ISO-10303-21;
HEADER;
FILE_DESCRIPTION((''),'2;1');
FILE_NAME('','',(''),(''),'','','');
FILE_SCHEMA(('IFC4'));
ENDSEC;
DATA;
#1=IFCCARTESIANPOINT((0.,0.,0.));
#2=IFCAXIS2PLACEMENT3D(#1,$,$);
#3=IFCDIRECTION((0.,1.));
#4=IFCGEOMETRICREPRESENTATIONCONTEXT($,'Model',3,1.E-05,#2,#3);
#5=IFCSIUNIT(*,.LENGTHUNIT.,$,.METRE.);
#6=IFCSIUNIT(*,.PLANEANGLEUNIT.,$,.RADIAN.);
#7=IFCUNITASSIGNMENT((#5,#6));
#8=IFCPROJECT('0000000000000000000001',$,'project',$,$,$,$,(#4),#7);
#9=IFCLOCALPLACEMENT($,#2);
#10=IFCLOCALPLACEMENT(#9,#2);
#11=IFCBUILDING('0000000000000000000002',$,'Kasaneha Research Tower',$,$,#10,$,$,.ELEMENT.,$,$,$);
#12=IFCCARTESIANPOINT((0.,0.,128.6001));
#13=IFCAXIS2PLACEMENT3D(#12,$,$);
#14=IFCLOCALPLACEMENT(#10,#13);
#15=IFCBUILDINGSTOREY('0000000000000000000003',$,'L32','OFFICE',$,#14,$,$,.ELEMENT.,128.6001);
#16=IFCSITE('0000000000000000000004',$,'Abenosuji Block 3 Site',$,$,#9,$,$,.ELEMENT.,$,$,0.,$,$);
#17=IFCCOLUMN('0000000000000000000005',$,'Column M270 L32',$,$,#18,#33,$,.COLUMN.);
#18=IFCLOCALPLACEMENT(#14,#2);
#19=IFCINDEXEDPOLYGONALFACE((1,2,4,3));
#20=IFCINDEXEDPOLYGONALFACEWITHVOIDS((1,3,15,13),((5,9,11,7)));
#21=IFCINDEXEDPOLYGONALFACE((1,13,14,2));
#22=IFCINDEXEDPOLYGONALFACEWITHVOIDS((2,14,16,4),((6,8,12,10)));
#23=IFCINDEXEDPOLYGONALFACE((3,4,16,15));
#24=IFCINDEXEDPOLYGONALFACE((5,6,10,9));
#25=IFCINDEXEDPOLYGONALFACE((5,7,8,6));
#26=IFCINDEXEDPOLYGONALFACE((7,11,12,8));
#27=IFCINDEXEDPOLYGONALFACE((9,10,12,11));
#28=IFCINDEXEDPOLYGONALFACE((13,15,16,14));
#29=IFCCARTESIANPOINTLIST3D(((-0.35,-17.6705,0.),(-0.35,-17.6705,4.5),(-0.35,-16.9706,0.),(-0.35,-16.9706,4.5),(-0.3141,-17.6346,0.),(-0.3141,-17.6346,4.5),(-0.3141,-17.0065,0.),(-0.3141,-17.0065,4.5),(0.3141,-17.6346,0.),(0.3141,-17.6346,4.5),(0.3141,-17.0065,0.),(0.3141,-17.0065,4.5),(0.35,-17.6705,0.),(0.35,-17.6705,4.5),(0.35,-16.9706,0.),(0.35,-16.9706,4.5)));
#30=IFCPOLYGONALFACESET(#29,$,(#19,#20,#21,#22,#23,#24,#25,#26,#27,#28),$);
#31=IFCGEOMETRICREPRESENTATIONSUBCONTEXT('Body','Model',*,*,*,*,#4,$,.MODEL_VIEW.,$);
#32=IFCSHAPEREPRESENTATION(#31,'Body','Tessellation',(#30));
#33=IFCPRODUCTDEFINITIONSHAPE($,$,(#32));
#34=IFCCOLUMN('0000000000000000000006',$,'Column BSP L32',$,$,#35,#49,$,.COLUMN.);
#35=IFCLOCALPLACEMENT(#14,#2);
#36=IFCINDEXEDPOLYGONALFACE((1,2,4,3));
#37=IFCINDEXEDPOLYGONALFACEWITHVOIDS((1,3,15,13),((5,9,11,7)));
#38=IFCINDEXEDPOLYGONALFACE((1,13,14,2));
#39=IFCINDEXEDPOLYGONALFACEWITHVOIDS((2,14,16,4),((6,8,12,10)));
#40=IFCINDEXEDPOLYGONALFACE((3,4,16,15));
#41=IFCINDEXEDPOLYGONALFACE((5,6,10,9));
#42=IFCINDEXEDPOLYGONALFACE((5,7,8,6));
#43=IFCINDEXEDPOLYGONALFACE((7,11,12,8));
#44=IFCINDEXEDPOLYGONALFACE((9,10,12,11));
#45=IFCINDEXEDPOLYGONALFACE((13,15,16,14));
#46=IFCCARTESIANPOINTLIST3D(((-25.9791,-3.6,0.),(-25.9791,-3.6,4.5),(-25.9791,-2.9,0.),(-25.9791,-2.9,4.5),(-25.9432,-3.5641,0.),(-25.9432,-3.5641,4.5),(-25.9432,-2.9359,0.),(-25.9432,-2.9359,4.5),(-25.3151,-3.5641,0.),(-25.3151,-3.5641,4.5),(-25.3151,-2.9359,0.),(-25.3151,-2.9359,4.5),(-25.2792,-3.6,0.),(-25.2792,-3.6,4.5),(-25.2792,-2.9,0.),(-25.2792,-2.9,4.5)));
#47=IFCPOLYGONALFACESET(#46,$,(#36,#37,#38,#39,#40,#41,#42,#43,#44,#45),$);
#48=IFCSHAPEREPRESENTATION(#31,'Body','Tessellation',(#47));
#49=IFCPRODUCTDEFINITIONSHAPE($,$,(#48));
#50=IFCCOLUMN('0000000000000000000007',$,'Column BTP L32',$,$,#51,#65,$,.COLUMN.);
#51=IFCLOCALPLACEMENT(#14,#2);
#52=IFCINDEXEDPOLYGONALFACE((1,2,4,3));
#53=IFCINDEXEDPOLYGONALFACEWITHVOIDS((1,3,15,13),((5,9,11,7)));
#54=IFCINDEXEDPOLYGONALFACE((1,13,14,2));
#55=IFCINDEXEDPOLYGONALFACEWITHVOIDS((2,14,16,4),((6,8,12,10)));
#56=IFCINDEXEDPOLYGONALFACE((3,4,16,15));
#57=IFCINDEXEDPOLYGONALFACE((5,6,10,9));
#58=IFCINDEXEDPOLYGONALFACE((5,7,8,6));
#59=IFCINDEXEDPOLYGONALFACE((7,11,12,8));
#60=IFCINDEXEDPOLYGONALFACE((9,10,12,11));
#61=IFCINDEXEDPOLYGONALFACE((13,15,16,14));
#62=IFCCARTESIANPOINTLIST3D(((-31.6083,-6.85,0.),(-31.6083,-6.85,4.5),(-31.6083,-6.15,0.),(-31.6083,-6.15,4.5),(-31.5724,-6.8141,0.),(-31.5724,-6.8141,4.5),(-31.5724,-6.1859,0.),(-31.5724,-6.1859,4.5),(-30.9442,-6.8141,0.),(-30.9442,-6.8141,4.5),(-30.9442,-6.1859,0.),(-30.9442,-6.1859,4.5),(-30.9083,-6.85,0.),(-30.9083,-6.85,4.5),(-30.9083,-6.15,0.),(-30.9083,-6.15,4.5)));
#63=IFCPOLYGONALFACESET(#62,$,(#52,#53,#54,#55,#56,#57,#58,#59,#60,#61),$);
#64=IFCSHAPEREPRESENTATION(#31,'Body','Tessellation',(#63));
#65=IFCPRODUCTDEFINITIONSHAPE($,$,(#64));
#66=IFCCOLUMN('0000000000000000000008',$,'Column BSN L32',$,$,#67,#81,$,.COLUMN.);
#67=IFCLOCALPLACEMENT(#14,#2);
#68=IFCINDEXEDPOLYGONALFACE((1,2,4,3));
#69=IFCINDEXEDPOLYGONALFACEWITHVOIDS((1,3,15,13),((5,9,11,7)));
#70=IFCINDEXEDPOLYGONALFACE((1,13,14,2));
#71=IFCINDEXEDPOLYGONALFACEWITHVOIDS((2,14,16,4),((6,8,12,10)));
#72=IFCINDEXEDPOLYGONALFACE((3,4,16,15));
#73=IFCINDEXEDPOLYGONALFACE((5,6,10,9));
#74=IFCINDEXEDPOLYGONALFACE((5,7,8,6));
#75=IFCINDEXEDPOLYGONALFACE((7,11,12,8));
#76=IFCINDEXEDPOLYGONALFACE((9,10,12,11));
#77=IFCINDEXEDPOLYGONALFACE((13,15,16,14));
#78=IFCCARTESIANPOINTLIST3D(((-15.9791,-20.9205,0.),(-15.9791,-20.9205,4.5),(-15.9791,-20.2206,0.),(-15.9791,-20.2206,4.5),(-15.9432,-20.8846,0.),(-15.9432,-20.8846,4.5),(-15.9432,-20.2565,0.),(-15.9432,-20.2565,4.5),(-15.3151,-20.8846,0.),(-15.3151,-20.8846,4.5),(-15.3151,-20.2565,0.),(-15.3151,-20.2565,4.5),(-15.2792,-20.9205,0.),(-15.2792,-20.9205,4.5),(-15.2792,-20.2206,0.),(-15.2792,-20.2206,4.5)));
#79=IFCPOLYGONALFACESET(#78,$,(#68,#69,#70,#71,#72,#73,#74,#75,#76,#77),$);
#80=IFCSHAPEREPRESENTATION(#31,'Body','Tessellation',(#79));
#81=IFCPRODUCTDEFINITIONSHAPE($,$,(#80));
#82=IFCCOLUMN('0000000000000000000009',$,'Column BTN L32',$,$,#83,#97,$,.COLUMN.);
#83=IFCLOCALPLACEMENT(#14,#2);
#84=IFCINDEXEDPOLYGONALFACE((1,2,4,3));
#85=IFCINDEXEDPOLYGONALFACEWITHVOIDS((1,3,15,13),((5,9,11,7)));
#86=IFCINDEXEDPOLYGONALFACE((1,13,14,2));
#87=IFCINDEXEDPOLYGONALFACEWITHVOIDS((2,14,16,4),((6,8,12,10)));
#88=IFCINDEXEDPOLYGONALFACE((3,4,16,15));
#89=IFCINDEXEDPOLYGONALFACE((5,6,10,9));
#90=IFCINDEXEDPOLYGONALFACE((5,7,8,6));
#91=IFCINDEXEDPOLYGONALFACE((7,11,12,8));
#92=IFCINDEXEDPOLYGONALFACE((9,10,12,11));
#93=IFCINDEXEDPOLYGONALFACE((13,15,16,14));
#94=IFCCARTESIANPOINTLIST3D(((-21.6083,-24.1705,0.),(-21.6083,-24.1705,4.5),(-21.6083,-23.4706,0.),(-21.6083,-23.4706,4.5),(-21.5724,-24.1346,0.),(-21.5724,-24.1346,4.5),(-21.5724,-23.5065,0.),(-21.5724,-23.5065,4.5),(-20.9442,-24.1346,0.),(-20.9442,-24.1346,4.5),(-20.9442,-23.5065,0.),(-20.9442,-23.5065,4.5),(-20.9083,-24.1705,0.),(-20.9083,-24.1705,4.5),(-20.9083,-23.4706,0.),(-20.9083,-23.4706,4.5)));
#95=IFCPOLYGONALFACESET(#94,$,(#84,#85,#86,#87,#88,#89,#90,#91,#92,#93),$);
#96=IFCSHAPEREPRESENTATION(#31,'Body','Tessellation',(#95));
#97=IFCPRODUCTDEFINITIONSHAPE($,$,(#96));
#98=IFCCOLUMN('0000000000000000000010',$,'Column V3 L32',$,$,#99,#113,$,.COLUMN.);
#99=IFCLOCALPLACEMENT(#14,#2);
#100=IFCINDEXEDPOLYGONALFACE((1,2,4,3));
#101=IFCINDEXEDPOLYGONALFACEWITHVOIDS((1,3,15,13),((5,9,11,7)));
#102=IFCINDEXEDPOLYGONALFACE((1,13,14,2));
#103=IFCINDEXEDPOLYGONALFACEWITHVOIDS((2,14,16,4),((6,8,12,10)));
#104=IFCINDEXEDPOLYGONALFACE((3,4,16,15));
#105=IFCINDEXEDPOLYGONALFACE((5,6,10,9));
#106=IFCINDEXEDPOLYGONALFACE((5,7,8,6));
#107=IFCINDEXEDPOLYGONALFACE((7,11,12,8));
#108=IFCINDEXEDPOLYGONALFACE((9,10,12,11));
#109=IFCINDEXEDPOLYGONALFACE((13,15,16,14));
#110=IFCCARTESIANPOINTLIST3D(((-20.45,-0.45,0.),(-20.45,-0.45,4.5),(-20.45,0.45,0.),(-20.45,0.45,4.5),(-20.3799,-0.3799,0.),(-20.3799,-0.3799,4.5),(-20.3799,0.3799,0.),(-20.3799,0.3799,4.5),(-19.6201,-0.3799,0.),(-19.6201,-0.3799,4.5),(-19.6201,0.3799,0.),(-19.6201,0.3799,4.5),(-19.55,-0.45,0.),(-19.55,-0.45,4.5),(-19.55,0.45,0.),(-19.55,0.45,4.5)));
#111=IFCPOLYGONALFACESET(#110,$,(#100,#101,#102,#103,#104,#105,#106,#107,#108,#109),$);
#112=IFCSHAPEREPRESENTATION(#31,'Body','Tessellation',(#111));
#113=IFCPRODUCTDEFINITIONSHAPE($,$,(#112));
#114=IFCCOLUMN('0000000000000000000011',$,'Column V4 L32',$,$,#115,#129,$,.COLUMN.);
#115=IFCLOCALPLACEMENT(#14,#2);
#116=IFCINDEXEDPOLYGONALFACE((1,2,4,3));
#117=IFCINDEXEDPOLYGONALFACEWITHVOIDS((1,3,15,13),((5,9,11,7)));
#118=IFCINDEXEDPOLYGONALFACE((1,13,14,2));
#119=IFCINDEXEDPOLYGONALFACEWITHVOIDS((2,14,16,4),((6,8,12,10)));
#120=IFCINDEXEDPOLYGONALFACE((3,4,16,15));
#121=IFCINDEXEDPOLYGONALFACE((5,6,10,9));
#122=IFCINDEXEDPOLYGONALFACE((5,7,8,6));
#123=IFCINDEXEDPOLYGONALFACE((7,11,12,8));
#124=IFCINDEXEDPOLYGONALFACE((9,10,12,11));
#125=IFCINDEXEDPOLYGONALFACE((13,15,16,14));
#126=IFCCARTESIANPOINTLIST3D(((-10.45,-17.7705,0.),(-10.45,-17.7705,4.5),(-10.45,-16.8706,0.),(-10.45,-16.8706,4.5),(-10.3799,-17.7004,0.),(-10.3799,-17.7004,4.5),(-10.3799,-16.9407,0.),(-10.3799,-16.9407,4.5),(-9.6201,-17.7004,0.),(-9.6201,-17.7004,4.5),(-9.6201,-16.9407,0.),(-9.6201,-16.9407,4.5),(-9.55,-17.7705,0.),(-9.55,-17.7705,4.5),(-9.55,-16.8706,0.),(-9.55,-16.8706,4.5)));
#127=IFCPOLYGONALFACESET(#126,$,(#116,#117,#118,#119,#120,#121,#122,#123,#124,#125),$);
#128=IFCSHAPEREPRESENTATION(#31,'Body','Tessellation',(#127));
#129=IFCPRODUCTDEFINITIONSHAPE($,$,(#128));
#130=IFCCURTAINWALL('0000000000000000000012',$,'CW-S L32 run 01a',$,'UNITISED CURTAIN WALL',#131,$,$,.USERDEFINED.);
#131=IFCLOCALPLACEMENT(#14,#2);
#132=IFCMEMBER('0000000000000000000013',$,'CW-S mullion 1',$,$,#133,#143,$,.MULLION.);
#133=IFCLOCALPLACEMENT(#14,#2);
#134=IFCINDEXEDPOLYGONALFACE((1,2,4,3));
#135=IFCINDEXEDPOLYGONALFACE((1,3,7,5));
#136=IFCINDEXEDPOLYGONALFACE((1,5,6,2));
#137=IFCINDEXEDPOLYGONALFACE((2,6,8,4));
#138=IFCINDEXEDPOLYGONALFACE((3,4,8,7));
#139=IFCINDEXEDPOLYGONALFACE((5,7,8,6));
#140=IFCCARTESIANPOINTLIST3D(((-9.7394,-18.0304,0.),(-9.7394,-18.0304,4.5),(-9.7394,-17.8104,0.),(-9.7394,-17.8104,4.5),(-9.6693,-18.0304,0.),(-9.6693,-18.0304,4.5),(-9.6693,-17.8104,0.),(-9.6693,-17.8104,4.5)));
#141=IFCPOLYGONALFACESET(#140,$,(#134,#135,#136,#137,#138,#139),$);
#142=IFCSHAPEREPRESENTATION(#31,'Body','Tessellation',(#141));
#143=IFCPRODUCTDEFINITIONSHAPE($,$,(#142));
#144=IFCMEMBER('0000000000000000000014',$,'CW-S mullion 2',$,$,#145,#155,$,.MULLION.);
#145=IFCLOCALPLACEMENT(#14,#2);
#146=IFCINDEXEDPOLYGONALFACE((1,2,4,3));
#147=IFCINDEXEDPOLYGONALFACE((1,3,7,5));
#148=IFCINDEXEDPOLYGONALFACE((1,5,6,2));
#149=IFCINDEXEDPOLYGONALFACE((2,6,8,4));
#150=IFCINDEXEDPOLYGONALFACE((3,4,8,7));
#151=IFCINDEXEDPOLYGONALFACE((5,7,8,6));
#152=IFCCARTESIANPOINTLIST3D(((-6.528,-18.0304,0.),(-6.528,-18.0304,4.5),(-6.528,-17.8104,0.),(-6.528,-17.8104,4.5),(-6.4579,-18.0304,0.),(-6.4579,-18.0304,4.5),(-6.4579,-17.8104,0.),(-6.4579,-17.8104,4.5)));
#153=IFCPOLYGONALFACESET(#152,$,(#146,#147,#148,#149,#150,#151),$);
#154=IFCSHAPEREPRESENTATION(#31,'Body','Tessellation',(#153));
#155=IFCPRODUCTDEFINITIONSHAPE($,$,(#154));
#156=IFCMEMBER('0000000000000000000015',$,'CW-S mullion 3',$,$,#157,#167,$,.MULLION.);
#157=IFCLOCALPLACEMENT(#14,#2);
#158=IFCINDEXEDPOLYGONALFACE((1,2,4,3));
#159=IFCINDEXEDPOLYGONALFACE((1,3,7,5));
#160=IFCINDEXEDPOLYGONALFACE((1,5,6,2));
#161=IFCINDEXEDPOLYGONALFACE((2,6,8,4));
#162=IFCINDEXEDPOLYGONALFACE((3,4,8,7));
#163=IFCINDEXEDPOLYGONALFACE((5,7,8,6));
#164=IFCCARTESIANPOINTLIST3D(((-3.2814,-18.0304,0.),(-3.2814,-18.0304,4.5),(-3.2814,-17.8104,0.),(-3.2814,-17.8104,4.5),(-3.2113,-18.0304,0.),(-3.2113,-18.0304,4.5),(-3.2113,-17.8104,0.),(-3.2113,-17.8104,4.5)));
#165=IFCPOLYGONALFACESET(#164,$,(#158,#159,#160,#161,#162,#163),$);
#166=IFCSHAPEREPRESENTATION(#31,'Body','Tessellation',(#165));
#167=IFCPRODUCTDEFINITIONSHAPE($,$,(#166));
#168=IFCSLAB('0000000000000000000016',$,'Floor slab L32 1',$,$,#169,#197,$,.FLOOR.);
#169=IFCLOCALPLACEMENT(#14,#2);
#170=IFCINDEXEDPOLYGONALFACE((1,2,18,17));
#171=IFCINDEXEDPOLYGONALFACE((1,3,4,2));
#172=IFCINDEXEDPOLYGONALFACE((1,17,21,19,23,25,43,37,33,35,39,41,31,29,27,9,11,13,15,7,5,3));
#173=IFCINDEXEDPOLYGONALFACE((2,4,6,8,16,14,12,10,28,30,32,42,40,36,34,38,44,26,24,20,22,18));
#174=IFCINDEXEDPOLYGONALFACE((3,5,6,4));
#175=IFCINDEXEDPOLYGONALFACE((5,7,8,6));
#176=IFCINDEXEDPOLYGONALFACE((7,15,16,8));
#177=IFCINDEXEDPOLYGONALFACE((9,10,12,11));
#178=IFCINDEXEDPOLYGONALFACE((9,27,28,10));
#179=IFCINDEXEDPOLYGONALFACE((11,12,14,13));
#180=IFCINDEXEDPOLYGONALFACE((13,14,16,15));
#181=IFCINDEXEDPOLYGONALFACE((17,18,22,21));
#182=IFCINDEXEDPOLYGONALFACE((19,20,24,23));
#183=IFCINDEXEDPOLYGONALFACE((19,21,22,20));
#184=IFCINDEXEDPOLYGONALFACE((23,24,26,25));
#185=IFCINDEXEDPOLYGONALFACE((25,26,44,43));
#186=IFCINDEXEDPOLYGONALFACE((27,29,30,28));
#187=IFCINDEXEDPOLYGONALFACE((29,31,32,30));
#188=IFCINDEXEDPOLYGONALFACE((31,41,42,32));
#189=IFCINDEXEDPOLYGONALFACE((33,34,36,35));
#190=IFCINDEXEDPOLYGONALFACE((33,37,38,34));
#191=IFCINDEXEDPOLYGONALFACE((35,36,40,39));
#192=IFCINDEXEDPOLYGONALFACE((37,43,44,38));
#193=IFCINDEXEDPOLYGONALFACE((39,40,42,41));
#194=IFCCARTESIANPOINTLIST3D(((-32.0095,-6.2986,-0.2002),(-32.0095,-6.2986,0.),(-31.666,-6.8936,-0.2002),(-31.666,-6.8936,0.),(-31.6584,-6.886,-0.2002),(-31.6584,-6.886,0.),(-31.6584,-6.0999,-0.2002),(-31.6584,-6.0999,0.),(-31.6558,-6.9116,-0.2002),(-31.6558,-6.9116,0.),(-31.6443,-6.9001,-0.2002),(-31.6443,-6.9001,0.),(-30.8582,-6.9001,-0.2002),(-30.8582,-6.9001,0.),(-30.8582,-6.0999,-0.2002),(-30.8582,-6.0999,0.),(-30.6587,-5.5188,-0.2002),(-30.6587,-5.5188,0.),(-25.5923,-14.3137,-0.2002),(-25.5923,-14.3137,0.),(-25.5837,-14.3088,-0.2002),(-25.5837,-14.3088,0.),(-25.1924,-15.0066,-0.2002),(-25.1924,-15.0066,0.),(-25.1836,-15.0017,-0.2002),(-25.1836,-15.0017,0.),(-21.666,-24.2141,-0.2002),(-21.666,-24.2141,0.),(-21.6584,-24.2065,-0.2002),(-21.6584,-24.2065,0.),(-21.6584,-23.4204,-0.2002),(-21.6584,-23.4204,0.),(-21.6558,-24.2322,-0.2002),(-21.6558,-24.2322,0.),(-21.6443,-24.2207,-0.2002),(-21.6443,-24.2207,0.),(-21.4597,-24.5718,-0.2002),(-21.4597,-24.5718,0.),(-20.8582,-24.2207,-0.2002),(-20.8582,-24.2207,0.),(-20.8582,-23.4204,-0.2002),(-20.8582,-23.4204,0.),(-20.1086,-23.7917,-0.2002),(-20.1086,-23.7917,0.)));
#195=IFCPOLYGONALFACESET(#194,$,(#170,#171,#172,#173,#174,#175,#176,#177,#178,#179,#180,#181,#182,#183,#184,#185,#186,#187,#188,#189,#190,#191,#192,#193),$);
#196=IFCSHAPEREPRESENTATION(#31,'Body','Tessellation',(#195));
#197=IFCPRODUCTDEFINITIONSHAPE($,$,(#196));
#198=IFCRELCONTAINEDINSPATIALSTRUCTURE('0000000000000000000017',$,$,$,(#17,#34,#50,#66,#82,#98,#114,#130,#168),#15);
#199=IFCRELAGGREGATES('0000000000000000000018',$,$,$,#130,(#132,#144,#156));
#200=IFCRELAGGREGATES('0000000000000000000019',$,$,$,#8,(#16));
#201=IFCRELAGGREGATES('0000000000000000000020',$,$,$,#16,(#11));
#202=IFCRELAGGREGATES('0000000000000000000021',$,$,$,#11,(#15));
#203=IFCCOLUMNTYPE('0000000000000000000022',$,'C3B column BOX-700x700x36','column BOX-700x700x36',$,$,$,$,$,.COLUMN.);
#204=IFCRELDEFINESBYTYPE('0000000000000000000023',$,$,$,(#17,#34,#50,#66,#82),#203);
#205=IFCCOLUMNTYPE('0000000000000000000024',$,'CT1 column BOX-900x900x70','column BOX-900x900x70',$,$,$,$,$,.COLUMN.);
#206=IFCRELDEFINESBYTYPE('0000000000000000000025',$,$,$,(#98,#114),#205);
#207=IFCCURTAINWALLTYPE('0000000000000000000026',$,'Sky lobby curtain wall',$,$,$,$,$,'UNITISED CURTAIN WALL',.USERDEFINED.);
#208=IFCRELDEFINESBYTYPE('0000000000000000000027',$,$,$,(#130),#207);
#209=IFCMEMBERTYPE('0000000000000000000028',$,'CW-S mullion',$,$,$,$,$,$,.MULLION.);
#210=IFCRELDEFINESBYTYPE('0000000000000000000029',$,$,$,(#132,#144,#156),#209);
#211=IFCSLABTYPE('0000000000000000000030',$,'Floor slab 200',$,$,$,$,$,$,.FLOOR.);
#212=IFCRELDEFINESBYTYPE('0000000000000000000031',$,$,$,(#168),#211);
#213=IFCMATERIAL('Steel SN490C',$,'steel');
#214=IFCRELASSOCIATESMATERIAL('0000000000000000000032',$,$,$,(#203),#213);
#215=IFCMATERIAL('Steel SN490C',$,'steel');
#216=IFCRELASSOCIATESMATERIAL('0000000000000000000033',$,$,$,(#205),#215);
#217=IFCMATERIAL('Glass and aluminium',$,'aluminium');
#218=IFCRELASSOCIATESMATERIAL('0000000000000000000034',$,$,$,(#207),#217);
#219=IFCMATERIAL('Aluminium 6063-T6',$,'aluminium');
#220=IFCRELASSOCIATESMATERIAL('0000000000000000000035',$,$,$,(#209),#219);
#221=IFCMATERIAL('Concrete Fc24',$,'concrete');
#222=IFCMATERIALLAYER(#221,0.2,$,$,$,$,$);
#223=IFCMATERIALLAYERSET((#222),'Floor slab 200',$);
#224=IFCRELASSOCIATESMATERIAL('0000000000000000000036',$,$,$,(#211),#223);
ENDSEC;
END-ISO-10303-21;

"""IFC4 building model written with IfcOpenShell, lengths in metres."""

from ifc_helpers import new_model, si_unit, direction, frame, origin, origin_2d, place, context, subcontext, project, spatial, polyline, rectangle, hollow_rectangle, outline, extrude, material, layer, layer_set, material_profile, profile_set, type_object, element, aggregate, save


model = new_model("IFC4")

# Units and contexts
model_context = context("Model", 3, precision=1e-05, world=origin(), true_north=direction((0.0, 1.0)))
body_context = subcontext(model_context, "Body", "Model", "MODEL_VIEW")
ifc_project = project(units=[si_unit("LENGTHUNIT", "METRE"), si_unit("PLANEANGLEUNIT", "RADIAN")], contexts=[model_context])

# Site, building, storey
site_placement = place(None, origin())
site = spatial("IfcSite", under=ifc_project, at=site_placement, Name="Abenosuji Block 3 Site", CompositionType="ELEMENT", RefElevation=0.0)
building_placement = place(site_placement, origin())
building = spatial("IfcBuilding", under=site, at=building_placement, Name="Kasaneha Research Tower", CompositionType="ELEMENT")
storey_placement = place(building_placement, frame((0.0, 0.0, 128.6001)))
storey = spatial("IfcBuildingStorey", under=building, at=storey_placement, Name="L32", Description="OFFICE", CompositionType="ELEMENT", Elevation=128.6001)

# Columns
ifc_material_1 = material(Name="Steel SN490C", Category="steel")
ifc_material_profile_1 = material_profile(ifc_material_1, hollow_rectangle(XDim=0.7, YDim=0.7, WallThickness=0.0359, at=origin_2d()), Name="BOX-700x700x36")
ifc_profile_set_1 = profile_set([ifc_material_profile_1], Name="Steel SN490C")
column_type_1 = type_object("IfcColumnType", Name="C3B column BOX-700x700x36", Description="column BOX-700x700x36", PredefinedType="COLUMN", material=ifc_profile_set_1)
for number, where, z_axis, x_axis, name in (
    (1, (0.0, -17.3206, 0.0), (0.0, 0.0, 1.0), (1.0, 0.0, 0.0), "Column M270 L32"),
    (2, (-25.6292, -3.25, 0.0), (0.0, 0.0, 1.0), (1.0, 0.0, 0.0), "Column BSP L32"),
    (3, (-31.2583, -6.5, 0.0), (0.0, 0.0, 1.0), (1.0, 0.0, 0.0), "Column BTP L32"),
    (4, (-15.6292, -20.5706, 0.0), (0.0, 0.0, 1.0), (1.0, 0.0, 0.0), "Column BSN L32"),
    (5, (-21.2583, -23.8206, 0.0), (0.0, 0.0, 1.0), (1.0, 0.0, 0.0), "Column BTN L32"),
):
    element("IfcColumn", number, at=place(storey_placement, frame(where, z_axis=z_axis, x_axis=x_axis)), inside=storey, type_object=column_type_1, Name=name, PredefinedType="COLUMN", context=body_context, shape_type="SweptSolid", body=[
        extrude(hollow_rectangle(XDim=0.7, YDim=0.7, WallThickness=0.0359, at=origin_2d()), origin(), (0.0, 0.0, 1.0), 4.5),
    ])
ifc_material_2 = material(Name="Steel SN490C", Category="steel")
ifc_material_profile_2 = material_profile(ifc_material_2, hollow_rectangle(XDim=0.8999, YDim=0.8999, WallThickness=0.0701, at=origin_2d()), Name="BOX-900x900x70")
ifc_profile_set_2 = profile_set([ifc_material_profile_2], Name="Steel SN490C")
column_type_2 = type_object("IfcColumnType", Name="CT1 column BOX-900x900x70", Description="column BOX-900x900x70", PredefinedType="COLUMN", material=ifc_profile_set_2)
for number, where, z_axis, x_axis, name in (
    (6, (-20.0, 0.0, 0.0), (0.0, 0.0, 1.0), (1.0, 0.0, 0.0), "Column V3 L32"),
    (7, (-10.0, -17.3206, 0.0), (0.0, 0.0, 1.0), (1.0, 0.0, 0.0), "Column V4 L32"),
):
    element("IfcColumn", number, at=place(storey_placement, frame(where, z_axis=z_axis, x_axis=x_axis)), inside=storey, type_object=column_type_2, Name=name, PredefinedType="COLUMN", context=body_context, shape_type="SweptSolid", body=[
        extrude(hollow_rectangle(XDim=0.8999, YDim=0.8999, WallThickness=0.0701, at=origin_2d()), origin(), (0.0, 0.0, 1.0), 4.5),
    ])

# Curtain wall, members
ifc_material_3 = material(Name="Glass and aluminium", Category="aluminium")
curtain_wall_type = type_object("IfcCurtainWallType", Name="Sky lobby curtain wall", ElementType="UNITISED CURTAIN WALL", PredefinedType="USERDEFINED", material=ifc_material_3)
curtain_wall_placement = place(storey_placement, origin())
curtain_wall = element("IfcCurtainWall", 8, at=curtain_wall_placement, inside=storey, type_object=curtain_wall_type, Name="CW-S L32 run 01a", ObjectType="UNITISED CURTAIN WALL", PredefinedType="USERDEFINED")
ifc_material_4 = material(Name="Aluminium 6063-T6", Category="aluminium")
ifc_material_profile_3 = material_profile(ifc_material_4, rectangle(XDim=0.0701, YDim=0.22, at=origin_2d()), Name="CW-S mullion 70x220")
ifc_profile_set_3 = profile_set([ifc_material_profile_3], Name="Aluminium 6063-T6")
member_type = type_object("IfcMemberType", Name="CW-S mullion", PredefinedType="MULLION", material=ifc_profile_set_3)
member_1_placement = place(storey_placement, frame((-9.7043, -17.9204, 0.0), z_axis=(0.0, 0.0, 1.0), x_axis=(1.0, 0.0, 0.0)))
member_1 = element("IfcMember", 9, at=member_1_placement, type_object=member_type, Name="CW-S mullion 1", PredefinedType="MULLION", context=body_context, shape_type="SweptSolid", body=[
    extrude(rectangle(XDim=0.0701, YDim=0.22, at=origin_2d()), origin(), (0.0, 0.0, 1.0), 4.5),
])
member_2_placement = place(storey_placement, frame((-6.4929, -17.9204, 0.0), z_axis=(0.0, 0.0, 1.0), x_axis=(1.0, 0.0, 0.0)))
member_2 = element("IfcMember", 10, at=member_2_placement, type_object=member_type, Name="CW-S mullion 2", PredefinedType="MULLION", context=body_context, shape_type="SweptSolid", body=[
    extrude(rectangle(XDim=0.0701, YDim=0.22, at=origin_2d()), origin(), (0.0, 0.0, 1.0), 4.5),
])
member_3_placement = place(storey_placement, frame((-3.2463, -17.9204, 0.0), z_axis=(0.0, 0.0, 1.0), x_axis=(1.0, 0.0, 0.0)))
member_3 = element("IfcMember", 11, at=member_3_placement, type_object=member_type, Name="CW-S mullion 3", PredefinedType="MULLION", context=body_context, shape_type="SweptSolid", body=[
    extrude(rectangle(XDim=0.0701, YDim=0.22, at=origin_2d()), origin(), (0.0, 0.0, 1.0), 4.5),
])
aggregate(curtain_wall, [member_1, member_2, member_3])

# Slab
ifc_material_5 = material(Name="Concrete Fc24", Category="concrete")
ifc_layer_1 = layer(ifc_material_5, 0.2)
ifc_layer_set_1 = layer_set([ifc_layer_1], Name="Floor slab 200")
slab_type = type_object("IfcSlabType", Name="Floor slab 200", PredefinedType="FLOOR", material=ifc_layer_set_1)
slab_placement = place(storey_placement, frame((0.0, 0.0, -0.2002)))
element("IfcSlab", 12, at=slab_placement, inside=storey, type_object=slab_type, Name="Floor slab L32 1", PredefinedType="FLOOR", context=body_context, shape_type="SweptSolid", body=[
    extrude(outline(polyline([(-25.1924, -15.0066), (-25.1836, -15.0017), (-20.1086, -23.7917), (-21.4597, -24.5718), (-21.6558, -24.2322), (-21.6443, -24.2207), (-20.8582, -24.2207), (-20.8582, -23.4204), (-21.6584, -23.4204), (-21.6584, -24.2065), (-21.666, -24.2141), (-31.6558, -6.9116), (-31.6443, -6.9001), (-30.8582, -6.9001), (-30.8582, -6.0999), (-31.6584, -6.0999), (-31.6584, -6.886), (-31.666, -6.8936), (-32.0095, -6.2986), (-30.6587, -5.5188), (-25.5837, -14.3088), (-25.5923, -14.3137), (-25.1924, -15.0066)])), origin(), (0.0, 0.0, 1.0), 0.2002),
])

save(model, "model.ifc")
